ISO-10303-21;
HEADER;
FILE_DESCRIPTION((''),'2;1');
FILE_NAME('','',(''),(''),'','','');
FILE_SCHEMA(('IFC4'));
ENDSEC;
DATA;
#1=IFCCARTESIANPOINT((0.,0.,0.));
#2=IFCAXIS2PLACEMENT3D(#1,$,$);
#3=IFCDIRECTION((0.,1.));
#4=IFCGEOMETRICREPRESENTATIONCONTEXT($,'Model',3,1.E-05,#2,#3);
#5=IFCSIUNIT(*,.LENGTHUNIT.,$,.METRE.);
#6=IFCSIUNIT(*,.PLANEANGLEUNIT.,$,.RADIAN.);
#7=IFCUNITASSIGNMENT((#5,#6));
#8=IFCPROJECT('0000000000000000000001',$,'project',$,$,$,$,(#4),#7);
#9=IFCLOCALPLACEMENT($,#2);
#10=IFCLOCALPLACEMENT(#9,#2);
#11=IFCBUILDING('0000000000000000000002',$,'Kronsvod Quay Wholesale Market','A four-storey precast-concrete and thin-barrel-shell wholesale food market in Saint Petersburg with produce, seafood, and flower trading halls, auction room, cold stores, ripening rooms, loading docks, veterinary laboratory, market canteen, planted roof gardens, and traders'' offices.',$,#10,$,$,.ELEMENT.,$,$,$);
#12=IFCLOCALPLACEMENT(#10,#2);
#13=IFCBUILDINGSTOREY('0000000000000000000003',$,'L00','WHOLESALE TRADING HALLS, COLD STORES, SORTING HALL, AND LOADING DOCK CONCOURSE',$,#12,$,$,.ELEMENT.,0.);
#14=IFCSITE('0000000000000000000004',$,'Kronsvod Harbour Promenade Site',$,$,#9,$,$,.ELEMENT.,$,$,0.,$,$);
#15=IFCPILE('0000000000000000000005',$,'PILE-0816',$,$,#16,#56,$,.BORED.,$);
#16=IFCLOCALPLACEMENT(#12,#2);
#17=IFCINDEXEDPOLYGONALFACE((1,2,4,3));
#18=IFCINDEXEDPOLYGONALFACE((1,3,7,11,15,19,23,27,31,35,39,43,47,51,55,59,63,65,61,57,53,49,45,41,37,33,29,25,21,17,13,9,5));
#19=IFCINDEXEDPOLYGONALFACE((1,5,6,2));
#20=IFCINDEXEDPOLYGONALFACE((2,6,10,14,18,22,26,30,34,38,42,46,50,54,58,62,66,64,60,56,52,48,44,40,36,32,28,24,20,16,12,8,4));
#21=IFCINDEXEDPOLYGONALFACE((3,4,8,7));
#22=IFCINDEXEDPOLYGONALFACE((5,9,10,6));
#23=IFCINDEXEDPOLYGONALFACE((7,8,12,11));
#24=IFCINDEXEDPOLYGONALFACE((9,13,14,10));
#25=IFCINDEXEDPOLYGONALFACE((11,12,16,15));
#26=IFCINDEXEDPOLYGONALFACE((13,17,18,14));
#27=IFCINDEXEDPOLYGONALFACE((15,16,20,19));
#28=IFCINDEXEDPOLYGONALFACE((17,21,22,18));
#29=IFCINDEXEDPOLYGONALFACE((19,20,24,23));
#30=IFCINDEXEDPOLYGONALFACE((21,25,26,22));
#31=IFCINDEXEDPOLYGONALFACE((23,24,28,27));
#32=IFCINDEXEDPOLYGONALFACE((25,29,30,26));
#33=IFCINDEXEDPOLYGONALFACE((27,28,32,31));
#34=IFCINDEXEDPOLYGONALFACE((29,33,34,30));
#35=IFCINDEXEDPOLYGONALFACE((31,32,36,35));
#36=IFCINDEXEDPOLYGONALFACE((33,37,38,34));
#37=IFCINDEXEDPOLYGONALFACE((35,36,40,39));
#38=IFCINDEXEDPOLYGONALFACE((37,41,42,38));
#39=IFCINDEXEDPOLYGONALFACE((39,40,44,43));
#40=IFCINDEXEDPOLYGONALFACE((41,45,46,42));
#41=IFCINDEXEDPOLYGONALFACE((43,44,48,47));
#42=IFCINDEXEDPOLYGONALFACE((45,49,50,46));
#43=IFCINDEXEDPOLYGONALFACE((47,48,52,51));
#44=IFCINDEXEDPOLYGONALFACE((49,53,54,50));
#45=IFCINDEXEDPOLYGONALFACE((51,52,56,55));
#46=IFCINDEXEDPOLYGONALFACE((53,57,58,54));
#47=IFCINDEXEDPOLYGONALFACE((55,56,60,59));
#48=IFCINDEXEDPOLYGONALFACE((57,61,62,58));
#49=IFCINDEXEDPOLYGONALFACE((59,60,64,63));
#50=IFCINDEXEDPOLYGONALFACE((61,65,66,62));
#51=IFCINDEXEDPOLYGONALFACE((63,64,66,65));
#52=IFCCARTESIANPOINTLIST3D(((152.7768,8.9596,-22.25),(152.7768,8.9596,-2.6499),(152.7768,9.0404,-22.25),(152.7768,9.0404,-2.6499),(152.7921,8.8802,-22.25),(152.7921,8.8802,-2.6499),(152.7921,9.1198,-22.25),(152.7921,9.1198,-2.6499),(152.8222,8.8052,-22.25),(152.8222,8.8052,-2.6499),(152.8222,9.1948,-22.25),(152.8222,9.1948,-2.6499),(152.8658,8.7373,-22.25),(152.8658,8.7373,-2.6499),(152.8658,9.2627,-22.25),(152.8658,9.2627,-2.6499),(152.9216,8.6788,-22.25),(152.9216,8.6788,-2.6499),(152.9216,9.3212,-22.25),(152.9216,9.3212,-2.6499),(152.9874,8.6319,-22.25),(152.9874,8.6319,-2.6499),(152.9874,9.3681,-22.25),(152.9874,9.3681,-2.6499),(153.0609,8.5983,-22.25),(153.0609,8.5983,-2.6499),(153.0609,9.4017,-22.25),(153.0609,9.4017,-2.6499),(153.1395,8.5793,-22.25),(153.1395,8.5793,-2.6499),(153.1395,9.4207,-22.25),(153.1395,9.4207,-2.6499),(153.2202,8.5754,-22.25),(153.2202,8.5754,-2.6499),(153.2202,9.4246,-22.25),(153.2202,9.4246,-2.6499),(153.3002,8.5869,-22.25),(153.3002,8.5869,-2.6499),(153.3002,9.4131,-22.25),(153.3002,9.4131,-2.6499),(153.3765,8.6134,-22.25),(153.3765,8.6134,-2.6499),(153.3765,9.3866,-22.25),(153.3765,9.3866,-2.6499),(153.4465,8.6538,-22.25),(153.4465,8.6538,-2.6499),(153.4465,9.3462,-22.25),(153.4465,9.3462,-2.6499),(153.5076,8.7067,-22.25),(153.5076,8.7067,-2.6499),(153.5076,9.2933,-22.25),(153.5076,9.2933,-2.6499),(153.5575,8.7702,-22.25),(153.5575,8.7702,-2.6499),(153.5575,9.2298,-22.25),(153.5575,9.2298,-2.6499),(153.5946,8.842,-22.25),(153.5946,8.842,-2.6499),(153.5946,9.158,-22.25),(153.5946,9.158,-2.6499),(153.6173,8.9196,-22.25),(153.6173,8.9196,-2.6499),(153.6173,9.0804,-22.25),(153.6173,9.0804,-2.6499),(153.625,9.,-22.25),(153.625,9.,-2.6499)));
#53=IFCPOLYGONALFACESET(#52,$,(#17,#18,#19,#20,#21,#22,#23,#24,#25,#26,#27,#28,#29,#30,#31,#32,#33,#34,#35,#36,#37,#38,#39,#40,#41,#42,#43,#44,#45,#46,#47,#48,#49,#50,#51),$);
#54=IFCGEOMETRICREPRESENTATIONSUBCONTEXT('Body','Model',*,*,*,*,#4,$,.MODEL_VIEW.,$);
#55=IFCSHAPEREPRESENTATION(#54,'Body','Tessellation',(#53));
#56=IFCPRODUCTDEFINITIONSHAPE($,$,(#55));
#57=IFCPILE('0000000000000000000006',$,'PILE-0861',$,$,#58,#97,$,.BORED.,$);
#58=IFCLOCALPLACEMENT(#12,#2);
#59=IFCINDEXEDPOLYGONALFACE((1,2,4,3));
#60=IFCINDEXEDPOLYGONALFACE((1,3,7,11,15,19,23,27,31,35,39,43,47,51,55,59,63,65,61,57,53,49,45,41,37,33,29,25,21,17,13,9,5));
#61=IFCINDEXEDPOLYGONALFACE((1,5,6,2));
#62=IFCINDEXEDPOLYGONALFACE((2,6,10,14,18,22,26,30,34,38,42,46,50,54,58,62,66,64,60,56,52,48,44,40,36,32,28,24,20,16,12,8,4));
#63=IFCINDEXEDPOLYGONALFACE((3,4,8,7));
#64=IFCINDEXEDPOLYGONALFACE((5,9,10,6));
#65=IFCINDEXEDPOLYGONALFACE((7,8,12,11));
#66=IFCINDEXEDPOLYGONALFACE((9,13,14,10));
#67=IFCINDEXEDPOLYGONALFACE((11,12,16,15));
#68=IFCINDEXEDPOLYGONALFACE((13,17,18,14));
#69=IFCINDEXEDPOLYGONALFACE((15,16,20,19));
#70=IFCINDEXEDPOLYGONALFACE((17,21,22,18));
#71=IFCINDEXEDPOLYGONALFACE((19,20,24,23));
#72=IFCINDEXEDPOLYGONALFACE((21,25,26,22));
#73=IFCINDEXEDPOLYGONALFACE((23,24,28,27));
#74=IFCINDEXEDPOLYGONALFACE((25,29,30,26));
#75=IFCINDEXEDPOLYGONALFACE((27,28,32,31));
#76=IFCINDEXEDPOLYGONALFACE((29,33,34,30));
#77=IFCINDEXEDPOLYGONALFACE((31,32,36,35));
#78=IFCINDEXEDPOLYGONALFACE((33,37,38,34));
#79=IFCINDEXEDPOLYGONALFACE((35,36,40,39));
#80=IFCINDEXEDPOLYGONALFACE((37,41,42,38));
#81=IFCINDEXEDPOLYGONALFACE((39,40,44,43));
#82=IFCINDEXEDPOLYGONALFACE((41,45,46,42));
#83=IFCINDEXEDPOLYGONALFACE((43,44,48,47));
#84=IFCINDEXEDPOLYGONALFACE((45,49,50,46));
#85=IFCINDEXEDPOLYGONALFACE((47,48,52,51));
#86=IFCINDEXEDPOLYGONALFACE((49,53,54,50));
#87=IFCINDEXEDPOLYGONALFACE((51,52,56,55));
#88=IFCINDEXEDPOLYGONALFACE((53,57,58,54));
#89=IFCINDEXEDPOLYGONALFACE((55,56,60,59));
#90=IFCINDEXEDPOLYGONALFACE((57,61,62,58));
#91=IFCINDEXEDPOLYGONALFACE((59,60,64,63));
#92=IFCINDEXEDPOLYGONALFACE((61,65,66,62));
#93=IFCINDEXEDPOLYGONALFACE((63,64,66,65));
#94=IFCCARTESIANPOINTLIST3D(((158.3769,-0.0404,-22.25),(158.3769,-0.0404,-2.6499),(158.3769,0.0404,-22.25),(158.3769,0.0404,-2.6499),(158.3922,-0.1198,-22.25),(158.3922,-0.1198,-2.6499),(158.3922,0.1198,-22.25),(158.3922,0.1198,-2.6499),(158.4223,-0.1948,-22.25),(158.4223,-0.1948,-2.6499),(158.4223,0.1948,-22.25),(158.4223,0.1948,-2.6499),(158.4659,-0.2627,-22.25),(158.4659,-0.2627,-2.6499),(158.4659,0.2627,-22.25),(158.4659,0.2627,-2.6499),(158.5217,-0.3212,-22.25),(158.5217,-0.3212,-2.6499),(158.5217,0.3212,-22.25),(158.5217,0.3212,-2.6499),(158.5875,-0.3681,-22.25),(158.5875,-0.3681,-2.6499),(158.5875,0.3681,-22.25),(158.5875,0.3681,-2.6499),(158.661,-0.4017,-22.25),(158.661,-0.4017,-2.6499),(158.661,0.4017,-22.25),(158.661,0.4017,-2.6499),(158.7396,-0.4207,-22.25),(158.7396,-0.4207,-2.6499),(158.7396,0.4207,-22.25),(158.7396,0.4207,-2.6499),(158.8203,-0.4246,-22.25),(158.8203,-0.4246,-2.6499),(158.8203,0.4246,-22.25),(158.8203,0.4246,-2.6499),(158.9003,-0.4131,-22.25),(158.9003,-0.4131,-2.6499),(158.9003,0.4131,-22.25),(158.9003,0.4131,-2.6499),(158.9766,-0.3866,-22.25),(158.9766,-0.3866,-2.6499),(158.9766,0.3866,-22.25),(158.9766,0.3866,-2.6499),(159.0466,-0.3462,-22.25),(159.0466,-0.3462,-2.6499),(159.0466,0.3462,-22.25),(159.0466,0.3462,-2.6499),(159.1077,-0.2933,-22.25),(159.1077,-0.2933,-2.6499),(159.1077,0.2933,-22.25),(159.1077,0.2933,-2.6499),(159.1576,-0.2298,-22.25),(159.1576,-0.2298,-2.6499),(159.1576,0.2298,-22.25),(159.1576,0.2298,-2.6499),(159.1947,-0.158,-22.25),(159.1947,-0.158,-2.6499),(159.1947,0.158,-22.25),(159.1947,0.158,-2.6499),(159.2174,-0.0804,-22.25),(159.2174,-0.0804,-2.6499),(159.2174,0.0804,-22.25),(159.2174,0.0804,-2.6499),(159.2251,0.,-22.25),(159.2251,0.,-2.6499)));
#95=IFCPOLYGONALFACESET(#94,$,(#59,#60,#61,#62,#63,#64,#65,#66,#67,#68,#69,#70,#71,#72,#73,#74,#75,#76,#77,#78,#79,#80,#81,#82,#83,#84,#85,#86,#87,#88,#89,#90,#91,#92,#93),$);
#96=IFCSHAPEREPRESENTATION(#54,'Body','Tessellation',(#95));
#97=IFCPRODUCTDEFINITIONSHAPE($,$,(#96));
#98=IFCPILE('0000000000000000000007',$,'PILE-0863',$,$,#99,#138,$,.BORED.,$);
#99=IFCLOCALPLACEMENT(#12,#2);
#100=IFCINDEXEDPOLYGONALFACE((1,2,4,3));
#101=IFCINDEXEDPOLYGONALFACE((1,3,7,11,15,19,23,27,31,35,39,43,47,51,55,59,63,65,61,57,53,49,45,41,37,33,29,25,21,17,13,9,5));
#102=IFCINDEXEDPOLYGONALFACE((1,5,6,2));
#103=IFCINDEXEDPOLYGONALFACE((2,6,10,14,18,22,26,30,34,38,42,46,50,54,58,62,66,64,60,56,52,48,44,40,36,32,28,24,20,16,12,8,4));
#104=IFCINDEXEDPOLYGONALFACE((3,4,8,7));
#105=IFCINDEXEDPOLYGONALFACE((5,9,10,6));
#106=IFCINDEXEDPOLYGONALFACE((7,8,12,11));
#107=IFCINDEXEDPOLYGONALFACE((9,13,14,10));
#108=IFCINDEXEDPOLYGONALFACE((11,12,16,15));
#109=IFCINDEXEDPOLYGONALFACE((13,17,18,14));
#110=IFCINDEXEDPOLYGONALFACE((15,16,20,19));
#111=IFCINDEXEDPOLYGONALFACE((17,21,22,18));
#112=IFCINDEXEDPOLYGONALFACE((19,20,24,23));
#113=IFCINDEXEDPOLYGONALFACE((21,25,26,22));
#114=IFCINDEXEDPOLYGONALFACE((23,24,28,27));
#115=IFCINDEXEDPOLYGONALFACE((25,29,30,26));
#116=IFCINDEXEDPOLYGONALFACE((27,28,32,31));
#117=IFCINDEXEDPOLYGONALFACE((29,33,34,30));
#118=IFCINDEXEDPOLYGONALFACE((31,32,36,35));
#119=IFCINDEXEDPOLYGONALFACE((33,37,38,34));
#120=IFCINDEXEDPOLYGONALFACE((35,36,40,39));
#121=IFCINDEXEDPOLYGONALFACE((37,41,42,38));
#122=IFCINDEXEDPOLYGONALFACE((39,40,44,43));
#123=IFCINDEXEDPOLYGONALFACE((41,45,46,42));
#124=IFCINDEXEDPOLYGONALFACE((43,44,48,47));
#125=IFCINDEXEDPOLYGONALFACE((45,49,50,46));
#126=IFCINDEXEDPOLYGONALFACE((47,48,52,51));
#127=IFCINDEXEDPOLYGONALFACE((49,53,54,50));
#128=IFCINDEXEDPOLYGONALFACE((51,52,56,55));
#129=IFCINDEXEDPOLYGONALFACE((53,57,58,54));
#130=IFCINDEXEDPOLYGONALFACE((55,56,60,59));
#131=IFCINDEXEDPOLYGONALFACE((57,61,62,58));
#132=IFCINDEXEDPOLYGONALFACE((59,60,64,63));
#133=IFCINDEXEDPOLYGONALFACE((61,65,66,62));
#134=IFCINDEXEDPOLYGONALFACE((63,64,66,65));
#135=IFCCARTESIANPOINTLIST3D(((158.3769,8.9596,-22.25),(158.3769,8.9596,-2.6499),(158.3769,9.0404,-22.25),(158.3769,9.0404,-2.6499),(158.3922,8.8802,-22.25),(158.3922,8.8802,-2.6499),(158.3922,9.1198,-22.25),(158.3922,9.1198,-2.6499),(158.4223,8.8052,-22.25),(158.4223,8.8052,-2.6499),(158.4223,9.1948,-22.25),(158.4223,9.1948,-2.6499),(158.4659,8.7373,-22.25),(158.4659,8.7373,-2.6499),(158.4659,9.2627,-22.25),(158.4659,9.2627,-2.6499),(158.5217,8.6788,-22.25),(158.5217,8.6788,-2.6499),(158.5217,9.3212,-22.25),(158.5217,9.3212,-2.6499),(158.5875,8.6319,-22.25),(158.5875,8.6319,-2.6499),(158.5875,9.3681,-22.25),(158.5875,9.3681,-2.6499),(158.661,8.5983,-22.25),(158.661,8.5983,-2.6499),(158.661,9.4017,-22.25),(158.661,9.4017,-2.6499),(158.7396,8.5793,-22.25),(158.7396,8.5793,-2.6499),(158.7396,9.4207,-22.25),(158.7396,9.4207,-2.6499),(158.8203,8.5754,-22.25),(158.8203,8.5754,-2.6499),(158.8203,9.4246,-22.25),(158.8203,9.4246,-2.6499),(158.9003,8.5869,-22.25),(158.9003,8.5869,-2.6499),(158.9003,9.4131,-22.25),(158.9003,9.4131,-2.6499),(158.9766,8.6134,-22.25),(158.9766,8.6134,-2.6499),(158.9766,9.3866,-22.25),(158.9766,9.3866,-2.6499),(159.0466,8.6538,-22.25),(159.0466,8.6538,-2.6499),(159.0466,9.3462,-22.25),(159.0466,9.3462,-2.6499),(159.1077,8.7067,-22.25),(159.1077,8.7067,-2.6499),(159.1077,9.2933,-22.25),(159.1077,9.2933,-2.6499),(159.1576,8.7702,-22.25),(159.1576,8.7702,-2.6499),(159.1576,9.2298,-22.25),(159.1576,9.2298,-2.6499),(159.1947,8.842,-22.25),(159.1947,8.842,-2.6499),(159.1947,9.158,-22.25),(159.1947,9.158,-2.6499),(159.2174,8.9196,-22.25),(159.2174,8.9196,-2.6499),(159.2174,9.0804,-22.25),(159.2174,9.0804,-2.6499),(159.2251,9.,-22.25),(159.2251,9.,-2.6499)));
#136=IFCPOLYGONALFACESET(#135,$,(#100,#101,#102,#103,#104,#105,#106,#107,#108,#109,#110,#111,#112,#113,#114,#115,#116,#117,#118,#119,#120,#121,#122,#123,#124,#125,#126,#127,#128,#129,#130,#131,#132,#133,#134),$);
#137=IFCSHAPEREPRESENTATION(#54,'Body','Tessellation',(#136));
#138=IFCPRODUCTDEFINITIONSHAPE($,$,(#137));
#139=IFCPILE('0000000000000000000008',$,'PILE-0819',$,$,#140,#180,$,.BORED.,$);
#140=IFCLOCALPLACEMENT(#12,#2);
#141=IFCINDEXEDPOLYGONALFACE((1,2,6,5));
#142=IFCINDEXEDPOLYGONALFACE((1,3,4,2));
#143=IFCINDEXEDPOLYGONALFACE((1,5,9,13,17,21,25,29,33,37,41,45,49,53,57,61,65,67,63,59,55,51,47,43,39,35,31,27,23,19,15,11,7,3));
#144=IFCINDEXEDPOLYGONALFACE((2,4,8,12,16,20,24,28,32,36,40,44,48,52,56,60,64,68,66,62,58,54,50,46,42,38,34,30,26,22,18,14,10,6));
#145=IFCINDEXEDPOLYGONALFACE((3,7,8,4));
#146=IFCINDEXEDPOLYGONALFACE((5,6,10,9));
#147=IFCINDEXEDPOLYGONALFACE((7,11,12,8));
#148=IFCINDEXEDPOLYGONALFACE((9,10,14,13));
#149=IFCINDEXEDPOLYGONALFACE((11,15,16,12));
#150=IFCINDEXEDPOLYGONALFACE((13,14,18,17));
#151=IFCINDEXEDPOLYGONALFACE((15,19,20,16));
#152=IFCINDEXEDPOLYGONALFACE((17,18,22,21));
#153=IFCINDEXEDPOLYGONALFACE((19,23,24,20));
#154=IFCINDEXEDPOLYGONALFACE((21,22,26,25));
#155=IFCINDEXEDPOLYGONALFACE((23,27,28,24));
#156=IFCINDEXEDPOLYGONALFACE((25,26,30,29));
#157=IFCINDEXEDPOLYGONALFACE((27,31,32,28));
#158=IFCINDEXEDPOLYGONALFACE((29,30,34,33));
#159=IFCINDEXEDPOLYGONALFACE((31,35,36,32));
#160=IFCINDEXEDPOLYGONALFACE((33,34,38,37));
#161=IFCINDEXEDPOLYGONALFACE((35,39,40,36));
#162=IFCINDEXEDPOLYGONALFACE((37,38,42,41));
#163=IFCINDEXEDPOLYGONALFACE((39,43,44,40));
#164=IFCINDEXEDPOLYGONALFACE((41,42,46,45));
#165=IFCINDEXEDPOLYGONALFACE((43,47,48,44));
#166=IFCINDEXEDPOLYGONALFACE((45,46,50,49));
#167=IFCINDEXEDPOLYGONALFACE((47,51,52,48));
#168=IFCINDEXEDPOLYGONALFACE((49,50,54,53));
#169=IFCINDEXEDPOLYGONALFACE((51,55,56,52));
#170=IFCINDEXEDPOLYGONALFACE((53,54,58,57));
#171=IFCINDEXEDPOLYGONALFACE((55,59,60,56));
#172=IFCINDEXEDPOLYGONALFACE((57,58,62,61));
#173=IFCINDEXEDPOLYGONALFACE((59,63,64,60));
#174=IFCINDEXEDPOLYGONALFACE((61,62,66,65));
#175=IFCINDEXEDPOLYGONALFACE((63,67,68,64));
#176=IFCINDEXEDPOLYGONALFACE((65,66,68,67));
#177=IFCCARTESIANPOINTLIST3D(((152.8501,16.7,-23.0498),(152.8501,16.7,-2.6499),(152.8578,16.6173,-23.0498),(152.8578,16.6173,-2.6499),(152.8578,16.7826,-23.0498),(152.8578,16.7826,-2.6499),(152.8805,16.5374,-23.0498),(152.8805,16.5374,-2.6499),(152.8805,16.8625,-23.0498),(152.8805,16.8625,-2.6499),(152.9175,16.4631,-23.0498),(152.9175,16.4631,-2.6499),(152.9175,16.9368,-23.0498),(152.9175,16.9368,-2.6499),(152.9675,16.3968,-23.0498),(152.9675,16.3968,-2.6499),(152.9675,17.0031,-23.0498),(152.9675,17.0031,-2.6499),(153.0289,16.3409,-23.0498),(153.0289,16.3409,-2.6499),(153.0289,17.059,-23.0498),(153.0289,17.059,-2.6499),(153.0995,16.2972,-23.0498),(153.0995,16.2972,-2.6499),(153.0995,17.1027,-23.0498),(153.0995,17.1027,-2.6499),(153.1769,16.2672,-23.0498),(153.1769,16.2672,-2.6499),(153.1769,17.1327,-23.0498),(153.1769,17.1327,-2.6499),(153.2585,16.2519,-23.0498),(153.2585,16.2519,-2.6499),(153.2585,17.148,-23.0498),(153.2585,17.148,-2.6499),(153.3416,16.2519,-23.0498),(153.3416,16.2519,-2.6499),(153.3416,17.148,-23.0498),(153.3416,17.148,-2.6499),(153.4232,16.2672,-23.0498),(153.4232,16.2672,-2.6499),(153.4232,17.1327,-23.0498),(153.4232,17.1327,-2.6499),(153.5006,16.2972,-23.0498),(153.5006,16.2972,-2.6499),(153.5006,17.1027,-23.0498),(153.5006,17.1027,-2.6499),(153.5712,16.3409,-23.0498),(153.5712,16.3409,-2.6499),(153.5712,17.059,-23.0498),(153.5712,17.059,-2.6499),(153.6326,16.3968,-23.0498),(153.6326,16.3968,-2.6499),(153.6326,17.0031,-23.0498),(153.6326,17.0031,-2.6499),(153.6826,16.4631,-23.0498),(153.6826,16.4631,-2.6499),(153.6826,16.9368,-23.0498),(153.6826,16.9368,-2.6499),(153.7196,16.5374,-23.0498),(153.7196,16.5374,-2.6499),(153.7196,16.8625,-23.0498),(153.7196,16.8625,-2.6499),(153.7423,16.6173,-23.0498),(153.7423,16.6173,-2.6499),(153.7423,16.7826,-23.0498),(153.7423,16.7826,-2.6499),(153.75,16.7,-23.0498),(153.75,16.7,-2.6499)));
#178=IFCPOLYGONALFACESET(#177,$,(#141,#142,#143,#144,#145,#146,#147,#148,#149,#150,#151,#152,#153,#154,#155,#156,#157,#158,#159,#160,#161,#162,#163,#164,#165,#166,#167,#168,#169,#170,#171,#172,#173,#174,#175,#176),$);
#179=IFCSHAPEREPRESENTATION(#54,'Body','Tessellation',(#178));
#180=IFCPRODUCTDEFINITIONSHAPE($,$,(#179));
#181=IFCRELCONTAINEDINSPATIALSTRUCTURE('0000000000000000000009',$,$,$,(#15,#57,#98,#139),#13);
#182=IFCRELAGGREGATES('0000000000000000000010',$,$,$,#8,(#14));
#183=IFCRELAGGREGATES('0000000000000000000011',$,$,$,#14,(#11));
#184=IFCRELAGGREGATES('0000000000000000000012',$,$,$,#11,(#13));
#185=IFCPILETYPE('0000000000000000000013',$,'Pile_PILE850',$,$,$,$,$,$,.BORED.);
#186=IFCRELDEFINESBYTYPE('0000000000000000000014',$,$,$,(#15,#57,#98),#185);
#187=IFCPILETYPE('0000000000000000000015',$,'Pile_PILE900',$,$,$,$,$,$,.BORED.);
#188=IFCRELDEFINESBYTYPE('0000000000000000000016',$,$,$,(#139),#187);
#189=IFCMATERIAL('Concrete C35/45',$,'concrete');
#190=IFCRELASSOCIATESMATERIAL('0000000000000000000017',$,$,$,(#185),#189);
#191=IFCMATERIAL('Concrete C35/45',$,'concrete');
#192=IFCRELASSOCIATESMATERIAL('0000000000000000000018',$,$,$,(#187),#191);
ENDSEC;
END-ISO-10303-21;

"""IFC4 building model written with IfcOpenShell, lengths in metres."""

from ifc_helpers import new_model, si_unit, direction, frame, origin, origin_2d, place, context, subcontext, project, spatial, circle, extrude, material, material_profile, profile_set, type_object, element, save


model = new_model("IFC4")

# Units and contexts
model_context = context("Model", 3, precision=1e-05, world=origin(), true_north=direction((0.0, 1.0)))
body_context = subcontext(model_context, "Body", "Model", "MODEL_VIEW")
ifc_project = project(units=[si_unit("LENGTHUNIT", "METRE"), si_unit("PLANEANGLEUNIT", "RADIAN")], contexts=[model_context])

# Site, building, storey
site_placement = place(None, origin())
site = spatial("IfcSite", under=ifc_project, at=site_placement, Name="Kronsvod Harbour Promenade Site", CompositionType="ELEMENT", RefElevation=0.0)
building_placement = place(site_placement, origin())
building = spatial("IfcBuilding", under=site, at=building_placement, Name="Kronsvod Quay Wholesale Market", Description="A four-storey precast-concrete and thin-barrel-shell wholesale food market in Saint Petersburg with produce, seafood, and flower trading halls, auction room, cold stores, ripening rooms, loading docks, veterinary laboratory, market canteen, planted roof gardens, and traders' offices.", CompositionType="ELEMENT")
storey_placement = place(building_placement, origin())
storey = spatial("IfcBuildingStorey", under=building, at=storey_placement, Name="L00", Description="WHOLESALE TRADING HALLS, COLD STORES, SORTING HALL, AND LOADING DOCK CONCOURSE", CompositionType="ELEMENT", Elevation=0.0)

# Piles
ifc_material_1 = material(Name="Concrete C35/45", Category="concrete")
ifc_material_profile_1 = material_profile(ifc_material_1, circle(Radius=0.425, at=origin_2d()), Name="PILE850")
ifc_profile_set_1 = profile_set([ifc_material_profile_1], Name="Concrete C35/45")
pile_type_1 = type_object("IfcPileType", Name="Pile_PILE850", PredefinedType="BORED", material=ifc_profile_set_1)
for number, where, z_axis, x_axis, name in (
    (1, (153.2, 9.0, -2.6499), (0.0, 0.0, -1.0), (1.0, 0.0, 0.0), "PILE-0816"),
    (2, (158.8, 0.0, -2.6499), (0.0, 0.0, -1.0), (1.0, 0.0, 0.0), "PILE-0861"),
    (3, (158.8, 9.0, -2.6499), (0.0, 0.0, -1.0), (1.0, 0.0, 0.0), "PILE-0863"),
):
    element("IfcPile", number, at=place(storey_placement, frame(where, z_axis=z_axis, x_axis=x_axis)), inside=storey, type_object=pile_type_1, Name=name, PredefinedType="BORED", context=body_context, shape_type="SweptSolid", body=[
        extrude(circle(Radius=0.425, at=origin_2d()), origin(), (0.0, 0.0, 1.0), 19.6001),
    ])
ifc_material_2 = material(Name="Concrete C35/45", Category="concrete")
ifc_material_profile_2 = material_profile(ifc_material_2, circle(Radius=0.45, at=origin_2d()), Name="PILE900")
ifc_profile_set_2 = profile_set([ifc_material_profile_2], Name="Concrete C35/45")
pile_type_2 = type_object("IfcPileType", Name="Pile_PILE900", PredefinedType="BORED", material=ifc_profile_set_2)
for number, where, z_axis, x_axis, name in (
    (4, (153.3, 16.7, -2.6499), (0.0, 0.0, -1.0), (1.0, 0.0, 0.0), "PILE-0819"),
):
    element("IfcPile", number, at=place(storey_placement, frame(where, z_axis=z_axis, x_axis=x_axis)), inside=storey, type_object=pile_type_2, Name=name, PredefinedType="BORED", context=body_context, shape_type="SweptSolid", body=[
        extrude(circle(Radius=0.45, at=origin_2d()), origin(), (0.0, 0.0, 1.0), 20.3999),
    ])

save(model, "model.ifc")
